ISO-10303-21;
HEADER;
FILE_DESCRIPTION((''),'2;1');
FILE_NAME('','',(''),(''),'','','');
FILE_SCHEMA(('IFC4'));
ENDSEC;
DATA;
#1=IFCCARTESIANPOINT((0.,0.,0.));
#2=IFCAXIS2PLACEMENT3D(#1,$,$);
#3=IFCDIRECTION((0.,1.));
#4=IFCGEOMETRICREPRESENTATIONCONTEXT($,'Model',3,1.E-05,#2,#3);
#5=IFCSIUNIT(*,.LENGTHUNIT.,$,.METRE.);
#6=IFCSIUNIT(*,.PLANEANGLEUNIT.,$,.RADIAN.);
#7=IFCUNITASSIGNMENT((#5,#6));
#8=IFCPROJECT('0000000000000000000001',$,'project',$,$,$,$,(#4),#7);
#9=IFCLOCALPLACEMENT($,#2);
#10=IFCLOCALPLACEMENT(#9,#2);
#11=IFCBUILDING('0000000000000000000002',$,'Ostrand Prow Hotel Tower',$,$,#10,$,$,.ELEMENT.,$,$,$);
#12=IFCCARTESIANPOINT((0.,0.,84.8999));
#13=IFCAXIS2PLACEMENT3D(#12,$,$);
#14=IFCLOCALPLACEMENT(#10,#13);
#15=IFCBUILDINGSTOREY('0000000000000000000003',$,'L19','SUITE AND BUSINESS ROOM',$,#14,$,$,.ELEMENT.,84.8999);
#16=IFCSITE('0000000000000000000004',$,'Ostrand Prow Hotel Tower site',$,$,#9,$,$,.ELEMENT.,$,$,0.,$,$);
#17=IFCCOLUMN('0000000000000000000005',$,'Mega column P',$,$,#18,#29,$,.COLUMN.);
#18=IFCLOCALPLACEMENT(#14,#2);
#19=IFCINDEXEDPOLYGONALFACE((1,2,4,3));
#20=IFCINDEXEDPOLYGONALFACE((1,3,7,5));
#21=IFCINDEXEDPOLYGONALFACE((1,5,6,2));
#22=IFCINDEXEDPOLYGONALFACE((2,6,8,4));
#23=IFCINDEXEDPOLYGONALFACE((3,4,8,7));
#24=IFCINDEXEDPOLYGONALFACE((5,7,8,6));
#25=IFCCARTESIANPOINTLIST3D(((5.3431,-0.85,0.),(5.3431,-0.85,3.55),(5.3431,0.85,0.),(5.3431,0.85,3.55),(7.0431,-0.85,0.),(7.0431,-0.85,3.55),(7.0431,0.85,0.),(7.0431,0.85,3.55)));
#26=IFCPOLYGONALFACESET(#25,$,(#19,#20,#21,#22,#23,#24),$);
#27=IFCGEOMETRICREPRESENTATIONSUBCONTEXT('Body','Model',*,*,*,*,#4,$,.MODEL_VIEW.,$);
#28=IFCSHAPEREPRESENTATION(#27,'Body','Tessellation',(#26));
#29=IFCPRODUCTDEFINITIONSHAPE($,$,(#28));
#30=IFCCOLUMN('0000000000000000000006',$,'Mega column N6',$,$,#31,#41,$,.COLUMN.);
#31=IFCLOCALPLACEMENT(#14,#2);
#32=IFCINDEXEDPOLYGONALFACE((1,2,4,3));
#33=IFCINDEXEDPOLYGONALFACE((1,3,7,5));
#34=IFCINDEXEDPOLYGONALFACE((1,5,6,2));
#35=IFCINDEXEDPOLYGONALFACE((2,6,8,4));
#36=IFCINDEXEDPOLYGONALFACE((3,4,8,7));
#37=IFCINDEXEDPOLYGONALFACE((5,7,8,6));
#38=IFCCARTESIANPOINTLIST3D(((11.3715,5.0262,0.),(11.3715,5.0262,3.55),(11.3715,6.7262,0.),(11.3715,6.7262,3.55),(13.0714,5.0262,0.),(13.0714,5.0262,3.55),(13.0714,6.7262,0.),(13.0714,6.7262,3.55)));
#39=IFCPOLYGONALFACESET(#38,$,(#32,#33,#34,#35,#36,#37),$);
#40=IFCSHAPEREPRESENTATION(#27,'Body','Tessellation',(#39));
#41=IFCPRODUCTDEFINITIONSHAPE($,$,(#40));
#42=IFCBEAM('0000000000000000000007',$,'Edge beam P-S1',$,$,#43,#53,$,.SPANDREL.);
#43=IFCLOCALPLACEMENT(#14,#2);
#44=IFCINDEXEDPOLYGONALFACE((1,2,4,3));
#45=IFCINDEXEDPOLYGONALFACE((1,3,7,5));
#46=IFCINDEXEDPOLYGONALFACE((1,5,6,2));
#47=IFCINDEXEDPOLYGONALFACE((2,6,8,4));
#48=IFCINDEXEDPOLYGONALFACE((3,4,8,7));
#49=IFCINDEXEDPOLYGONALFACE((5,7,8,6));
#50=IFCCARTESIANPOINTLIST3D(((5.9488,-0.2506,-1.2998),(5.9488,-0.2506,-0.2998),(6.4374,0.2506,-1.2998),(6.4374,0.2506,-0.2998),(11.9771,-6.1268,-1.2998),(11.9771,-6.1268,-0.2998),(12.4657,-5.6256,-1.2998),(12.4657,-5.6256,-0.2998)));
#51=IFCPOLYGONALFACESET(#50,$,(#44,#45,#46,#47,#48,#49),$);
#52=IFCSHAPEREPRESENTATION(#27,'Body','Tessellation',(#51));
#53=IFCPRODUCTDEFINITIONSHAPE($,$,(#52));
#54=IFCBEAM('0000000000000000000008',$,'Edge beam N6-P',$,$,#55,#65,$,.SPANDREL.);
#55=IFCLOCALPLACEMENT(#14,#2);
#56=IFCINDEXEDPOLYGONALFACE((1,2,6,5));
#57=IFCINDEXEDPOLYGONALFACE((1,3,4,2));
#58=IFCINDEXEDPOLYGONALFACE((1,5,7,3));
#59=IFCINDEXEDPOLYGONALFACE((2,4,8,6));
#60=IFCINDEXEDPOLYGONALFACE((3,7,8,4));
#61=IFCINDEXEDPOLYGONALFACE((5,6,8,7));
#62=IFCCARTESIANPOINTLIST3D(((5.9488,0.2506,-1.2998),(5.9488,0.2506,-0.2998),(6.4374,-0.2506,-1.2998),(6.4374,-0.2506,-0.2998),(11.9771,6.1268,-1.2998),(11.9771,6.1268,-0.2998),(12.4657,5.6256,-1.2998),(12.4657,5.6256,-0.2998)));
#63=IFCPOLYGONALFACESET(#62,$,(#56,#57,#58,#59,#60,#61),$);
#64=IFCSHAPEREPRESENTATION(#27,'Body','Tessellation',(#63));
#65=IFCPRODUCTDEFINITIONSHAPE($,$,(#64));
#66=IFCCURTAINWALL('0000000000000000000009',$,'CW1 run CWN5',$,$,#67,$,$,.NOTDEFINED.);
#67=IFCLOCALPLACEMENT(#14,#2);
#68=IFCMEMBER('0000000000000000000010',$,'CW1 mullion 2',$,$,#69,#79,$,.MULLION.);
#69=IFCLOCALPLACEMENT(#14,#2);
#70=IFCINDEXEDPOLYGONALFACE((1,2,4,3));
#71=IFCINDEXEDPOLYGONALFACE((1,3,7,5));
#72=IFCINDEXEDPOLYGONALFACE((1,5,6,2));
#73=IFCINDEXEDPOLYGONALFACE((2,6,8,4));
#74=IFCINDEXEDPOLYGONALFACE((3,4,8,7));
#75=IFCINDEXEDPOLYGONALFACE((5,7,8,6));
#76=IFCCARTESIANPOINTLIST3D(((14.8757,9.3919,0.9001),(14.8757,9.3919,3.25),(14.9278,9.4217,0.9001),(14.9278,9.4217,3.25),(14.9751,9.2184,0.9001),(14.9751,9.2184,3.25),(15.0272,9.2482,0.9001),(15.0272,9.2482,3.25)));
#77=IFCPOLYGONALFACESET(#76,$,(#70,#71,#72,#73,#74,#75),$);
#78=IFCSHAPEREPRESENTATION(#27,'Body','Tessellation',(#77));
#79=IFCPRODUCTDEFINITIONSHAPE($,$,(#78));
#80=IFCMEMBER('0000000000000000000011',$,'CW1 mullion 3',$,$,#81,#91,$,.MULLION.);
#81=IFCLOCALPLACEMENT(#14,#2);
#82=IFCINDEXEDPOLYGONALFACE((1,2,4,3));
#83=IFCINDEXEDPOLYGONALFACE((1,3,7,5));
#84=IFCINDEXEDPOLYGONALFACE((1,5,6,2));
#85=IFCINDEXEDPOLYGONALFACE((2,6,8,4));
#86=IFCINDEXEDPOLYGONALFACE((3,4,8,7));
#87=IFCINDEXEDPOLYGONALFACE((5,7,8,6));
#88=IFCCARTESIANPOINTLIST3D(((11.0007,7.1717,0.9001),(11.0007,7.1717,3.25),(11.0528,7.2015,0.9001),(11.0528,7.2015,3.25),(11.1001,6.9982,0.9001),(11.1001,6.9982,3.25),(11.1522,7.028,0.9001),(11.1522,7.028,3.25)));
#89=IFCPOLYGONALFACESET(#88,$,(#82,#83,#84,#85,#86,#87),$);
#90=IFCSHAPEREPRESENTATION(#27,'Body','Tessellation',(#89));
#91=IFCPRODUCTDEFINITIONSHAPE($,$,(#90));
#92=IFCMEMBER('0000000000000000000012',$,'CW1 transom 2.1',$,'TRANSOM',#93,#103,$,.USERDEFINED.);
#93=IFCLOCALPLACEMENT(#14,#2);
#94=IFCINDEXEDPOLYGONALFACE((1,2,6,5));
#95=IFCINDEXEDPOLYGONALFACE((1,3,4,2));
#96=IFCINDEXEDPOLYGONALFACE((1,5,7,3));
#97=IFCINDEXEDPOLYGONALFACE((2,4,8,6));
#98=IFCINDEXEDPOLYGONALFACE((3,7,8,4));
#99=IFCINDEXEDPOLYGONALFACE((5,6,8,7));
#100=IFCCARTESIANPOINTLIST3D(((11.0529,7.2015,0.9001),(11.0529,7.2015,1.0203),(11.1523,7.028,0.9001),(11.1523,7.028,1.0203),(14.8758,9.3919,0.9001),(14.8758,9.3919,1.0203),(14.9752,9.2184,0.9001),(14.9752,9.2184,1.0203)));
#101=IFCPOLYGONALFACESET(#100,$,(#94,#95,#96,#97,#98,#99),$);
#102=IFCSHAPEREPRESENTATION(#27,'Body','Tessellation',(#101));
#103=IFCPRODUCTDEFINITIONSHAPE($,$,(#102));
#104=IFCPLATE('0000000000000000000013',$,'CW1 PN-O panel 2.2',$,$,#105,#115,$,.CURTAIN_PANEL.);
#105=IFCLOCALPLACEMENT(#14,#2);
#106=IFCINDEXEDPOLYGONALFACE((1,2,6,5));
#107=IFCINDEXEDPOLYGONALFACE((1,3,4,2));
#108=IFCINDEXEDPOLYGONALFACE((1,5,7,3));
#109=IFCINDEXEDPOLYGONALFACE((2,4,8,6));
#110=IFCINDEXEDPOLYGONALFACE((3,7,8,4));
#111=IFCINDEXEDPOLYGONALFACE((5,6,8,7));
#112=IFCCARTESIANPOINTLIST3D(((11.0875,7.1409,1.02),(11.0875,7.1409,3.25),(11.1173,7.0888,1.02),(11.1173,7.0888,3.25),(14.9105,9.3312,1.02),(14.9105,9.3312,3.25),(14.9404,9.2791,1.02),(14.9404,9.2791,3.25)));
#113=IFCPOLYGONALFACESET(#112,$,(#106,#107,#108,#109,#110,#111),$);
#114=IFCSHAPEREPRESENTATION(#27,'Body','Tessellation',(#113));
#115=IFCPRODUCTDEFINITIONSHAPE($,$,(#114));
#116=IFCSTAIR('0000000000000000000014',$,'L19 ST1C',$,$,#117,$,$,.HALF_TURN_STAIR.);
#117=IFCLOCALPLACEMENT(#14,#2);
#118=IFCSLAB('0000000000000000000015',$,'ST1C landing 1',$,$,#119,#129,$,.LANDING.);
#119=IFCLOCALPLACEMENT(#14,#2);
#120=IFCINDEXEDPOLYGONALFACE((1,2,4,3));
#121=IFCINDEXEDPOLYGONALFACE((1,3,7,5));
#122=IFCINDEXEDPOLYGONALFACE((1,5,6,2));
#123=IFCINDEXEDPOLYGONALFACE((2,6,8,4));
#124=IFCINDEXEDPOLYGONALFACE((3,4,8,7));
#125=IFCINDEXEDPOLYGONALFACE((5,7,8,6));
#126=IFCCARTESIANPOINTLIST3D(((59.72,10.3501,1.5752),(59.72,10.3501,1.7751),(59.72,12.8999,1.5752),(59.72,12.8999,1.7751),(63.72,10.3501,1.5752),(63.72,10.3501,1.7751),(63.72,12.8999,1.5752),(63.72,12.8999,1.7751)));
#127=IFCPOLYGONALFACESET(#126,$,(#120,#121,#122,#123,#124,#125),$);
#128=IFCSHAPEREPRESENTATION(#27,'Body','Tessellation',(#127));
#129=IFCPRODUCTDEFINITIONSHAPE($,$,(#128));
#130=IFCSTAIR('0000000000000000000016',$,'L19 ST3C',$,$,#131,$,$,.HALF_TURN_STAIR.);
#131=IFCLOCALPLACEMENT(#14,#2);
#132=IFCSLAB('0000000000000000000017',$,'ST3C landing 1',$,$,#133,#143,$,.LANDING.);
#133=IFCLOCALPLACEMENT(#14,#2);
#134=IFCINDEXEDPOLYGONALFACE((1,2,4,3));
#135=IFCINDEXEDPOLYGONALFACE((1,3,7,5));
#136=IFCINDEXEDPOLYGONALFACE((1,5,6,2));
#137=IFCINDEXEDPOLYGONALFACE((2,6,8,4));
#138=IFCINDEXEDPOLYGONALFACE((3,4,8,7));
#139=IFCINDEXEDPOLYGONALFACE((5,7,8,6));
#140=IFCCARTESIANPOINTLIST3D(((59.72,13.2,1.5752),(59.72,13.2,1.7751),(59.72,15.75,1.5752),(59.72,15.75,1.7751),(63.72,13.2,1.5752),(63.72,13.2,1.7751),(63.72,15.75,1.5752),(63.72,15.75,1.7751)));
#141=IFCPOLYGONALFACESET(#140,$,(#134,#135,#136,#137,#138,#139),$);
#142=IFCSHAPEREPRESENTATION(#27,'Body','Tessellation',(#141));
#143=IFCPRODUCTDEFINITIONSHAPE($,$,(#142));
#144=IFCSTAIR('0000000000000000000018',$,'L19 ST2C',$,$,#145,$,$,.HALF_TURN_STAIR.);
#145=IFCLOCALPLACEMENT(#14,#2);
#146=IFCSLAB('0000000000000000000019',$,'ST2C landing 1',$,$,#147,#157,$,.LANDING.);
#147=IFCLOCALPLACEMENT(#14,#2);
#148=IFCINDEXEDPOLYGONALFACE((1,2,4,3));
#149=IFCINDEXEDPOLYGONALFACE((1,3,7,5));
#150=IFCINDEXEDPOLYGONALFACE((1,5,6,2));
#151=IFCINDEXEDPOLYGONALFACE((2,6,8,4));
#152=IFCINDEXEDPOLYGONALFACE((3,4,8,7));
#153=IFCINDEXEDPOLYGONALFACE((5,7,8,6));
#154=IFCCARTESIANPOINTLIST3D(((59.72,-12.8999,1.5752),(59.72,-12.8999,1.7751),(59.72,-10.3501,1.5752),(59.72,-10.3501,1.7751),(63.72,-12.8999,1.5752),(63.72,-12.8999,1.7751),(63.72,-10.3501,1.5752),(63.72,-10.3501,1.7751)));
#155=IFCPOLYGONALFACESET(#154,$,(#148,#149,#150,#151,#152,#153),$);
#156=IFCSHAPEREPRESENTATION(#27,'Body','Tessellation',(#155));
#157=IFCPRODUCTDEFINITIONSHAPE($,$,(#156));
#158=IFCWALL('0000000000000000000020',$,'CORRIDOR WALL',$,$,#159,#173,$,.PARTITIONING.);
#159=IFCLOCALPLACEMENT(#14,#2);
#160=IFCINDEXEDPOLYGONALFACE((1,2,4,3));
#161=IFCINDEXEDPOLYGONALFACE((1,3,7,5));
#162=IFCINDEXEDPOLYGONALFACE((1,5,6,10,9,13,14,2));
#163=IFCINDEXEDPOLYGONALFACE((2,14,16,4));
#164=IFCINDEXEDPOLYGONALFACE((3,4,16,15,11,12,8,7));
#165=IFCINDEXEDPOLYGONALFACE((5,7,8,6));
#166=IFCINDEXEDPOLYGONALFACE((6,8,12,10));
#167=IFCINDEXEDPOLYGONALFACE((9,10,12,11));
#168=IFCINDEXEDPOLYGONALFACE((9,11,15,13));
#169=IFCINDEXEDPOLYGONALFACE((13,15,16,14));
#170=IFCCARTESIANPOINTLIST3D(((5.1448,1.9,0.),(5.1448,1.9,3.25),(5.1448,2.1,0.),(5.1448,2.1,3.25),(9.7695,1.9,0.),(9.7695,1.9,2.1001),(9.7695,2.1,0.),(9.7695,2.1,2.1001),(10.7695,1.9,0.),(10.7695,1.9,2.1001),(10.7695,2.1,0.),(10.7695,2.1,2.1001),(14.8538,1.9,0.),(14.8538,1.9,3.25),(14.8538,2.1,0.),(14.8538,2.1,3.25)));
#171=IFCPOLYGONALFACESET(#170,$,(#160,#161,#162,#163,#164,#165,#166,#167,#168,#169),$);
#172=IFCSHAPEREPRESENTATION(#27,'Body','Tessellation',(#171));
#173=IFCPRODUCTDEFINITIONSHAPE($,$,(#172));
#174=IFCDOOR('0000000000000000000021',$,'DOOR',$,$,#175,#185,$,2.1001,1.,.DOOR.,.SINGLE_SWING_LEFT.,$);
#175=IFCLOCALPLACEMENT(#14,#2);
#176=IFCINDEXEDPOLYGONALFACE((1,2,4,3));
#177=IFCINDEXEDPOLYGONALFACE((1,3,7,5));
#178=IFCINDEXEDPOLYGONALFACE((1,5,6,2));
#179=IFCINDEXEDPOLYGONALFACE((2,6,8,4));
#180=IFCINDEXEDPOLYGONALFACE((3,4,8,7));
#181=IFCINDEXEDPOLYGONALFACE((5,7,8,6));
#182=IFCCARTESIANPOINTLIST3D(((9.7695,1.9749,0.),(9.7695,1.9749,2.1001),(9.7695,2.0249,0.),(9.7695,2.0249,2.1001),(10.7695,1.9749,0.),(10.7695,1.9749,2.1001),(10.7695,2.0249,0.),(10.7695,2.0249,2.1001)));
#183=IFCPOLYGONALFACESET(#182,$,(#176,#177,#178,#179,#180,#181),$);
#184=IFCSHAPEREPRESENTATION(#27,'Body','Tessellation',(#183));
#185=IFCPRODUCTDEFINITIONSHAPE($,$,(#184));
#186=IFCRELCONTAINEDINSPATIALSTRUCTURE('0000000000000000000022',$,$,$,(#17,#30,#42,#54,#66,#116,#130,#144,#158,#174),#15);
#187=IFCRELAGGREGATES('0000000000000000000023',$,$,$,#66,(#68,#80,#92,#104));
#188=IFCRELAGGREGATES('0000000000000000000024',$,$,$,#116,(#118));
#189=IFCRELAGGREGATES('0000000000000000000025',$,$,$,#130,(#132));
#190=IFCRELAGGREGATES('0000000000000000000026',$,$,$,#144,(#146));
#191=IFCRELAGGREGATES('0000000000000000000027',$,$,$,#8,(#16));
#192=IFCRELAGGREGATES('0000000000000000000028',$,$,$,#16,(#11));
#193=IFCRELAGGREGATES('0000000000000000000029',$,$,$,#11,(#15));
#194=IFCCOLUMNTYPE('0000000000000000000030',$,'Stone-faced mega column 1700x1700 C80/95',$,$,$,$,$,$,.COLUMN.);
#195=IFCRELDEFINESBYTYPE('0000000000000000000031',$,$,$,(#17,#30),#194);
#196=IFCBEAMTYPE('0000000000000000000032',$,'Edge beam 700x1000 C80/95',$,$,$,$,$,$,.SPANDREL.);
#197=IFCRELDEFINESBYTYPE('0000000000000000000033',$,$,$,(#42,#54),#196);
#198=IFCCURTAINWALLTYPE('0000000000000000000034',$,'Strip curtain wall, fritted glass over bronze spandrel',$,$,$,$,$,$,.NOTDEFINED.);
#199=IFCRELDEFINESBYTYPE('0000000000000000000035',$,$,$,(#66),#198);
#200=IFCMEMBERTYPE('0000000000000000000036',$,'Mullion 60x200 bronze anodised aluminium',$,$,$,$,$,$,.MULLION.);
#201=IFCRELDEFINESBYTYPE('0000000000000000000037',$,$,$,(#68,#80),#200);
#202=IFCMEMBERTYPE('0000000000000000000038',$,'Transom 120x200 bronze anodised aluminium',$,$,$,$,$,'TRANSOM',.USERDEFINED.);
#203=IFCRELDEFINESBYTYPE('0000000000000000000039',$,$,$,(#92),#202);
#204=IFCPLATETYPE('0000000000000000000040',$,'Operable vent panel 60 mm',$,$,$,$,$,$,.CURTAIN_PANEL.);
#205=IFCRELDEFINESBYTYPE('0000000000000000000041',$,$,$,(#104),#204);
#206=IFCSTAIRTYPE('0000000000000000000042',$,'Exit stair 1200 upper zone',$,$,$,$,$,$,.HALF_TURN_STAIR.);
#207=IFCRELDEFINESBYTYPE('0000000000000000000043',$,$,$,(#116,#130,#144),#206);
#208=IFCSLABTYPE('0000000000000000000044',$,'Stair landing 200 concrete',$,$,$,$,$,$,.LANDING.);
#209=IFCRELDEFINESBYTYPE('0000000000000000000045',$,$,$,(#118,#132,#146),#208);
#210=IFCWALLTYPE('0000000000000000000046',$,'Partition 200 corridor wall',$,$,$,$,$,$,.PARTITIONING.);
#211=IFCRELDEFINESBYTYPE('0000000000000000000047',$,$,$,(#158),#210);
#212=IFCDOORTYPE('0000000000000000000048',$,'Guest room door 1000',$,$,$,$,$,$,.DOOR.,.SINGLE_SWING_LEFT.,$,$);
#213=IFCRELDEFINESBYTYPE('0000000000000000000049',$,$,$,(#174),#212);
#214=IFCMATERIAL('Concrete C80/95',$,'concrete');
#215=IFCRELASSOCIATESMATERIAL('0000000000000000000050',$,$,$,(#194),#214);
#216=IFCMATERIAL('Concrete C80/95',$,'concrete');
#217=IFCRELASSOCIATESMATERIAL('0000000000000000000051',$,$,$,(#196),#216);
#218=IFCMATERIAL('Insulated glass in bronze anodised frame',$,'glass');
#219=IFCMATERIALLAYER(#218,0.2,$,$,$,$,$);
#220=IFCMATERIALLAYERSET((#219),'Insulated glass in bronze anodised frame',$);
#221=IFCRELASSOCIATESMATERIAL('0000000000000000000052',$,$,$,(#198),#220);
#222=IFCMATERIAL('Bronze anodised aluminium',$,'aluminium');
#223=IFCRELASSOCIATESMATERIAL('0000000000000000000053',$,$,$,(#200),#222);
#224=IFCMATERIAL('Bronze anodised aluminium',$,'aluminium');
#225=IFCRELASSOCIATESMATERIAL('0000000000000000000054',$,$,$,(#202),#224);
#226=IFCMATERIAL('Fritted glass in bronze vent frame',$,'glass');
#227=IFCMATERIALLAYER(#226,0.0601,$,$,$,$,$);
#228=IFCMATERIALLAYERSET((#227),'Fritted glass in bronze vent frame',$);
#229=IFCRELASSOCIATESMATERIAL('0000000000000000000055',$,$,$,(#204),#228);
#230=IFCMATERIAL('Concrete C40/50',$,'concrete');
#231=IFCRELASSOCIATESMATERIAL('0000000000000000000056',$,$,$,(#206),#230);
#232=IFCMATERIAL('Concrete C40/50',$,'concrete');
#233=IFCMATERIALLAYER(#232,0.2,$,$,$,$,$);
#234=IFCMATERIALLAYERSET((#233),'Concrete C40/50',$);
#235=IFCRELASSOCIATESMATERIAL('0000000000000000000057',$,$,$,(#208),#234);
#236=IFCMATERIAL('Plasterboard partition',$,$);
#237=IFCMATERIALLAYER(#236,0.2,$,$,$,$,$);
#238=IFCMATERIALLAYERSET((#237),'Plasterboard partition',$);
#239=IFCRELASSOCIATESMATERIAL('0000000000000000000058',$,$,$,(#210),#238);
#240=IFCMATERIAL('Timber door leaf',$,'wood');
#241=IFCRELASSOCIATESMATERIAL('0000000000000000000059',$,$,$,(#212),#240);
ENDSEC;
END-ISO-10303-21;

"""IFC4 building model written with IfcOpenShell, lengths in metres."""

from ifc_helpers import new_model, si_unit, direction, frame, frame_2d, origin, origin_2d, place, context, subcontext, project, spatial, polyline, rectangle, outline, extrude, material, layer, layer_set, material_profile, profile_set, type_object, element, fill, aggregate, save


model = new_model("IFC4")

# Units and contexts
model_context = context("Model", 3, precision=1e-05, world=origin(), true_north=direction((0.0, 1.0)))
body_context = subcontext(model_context, "Body", "Model", "MODEL_VIEW")
ifc_project = project(units=[si_unit("LENGTHUNIT", "METRE"), si_unit("PLANEANGLEUNIT", "RADIAN")], contexts=[model_context])

# Site, building, storey
site_placement = place(None, origin())
site = spatial("IfcSite", under=ifc_project, at=site_placement, Name="Ostrand Prow Hotel Tower site", CompositionType="ELEMENT", RefElevation=0.0)
building_placement = place(site_placement, origin())
building = spatial("IfcBuilding", under=site, at=building_placement, Name="Ostrand Prow Hotel Tower", CompositionType="ELEMENT")
storey_placement = place(building_placement, frame((0.0, 0.0, 84.8999)))
storey = spatial("IfcBuildingStorey", under=building, at=storey_placement, Name="L19", Description="SUITE AND BUSINESS ROOM", CompositionType="ELEMENT", Elevation=84.8999)

# Columns
ifc_material_1 = material(Name="Concrete C80/95", Category="concrete")
ifc_material_profile_1 = material_profile(ifc_material_1, rectangle(XDim=1.7, YDim=1.7, at=origin_2d()), Name="RC 1700x1700")
ifc_profile_set_1 = profile_set([ifc_material_profile_1], Name="Concrete C80/95")
column_type = type_object("IfcColumnType", Name="Stone-faced mega column 1700x1700 C80/95", PredefinedType="COLUMN", material=ifc_profile_set_1)
for number, where, z_axis, x_axis, name in (
    (1, (6.1931, 0.0, 0.0), (0.0, 0.0, 1.0), (1.0, 0.0, 0.0), "Mega column P"),
    (2, (12.2214, 5.8762, 0.0), (0.0, 0.0, 1.0), (1.0, 0.0, 0.0), "Mega column N6"),
):
    element("IfcColumn", number, at=place(storey_placement, frame(where, z_axis=z_axis, x_axis=x_axis)), inside=storey, type_object=column_type, Name=name, PredefinedType="COLUMN", context=body_context, shape_type="SweptSolid", body=[
        extrude(rectangle(XDim=1.7, YDim=1.7, at=origin_2d()), origin(), (0.0, 0.0, 1.0), 3.55),
    ])

# Beams
ifc_material_2 = material(Name="Concrete C80/95", Category="concrete")
ifc_material_profile_2 = material_profile(ifc_material_2, rectangle(XDim=0.7, YDim=1.0, at=origin_2d()), Name="RC 700x1000")
ifc_profile_set_2 = profile_set([ifc_material_profile_2], Name="Concrete C80/95")
beam_type = type_object("IfcBeamType", Name="Edge beam 700x1000 C80/95", PredefinedType="SPANDREL", material=ifc_profile_set_2)
for number, where, z_axis, x_axis, name in (
    (3, (6.1931, 0.0, -0.7998), (0.716083, -0.698015, 0.0), (0.698015, 0.716083, 0.0), "Edge beam P-S1"),
    (4, (12.2214, 5.8762, -0.7998), (-0.716083, -0.698015, 0.0), (0.698015, -0.716083, 0.0), "Edge beam N6-P"),
):
    element("IfcBeam", number, at=place(storey_placement, frame(where, z_axis=z_axis, x_axis=x_axis)), inside=storey, type_object=beam_type, Name=name, PredefinedType="SPANDREL", context=body_context, shape_type="SweptSolid", body=[
        extrude(rectangle(XDim=0.7, YDim=1.0, at=origin_2d()), origin(), (0.0, 0.0, 1.0), 8.4185),
    ])

# Curtain wall, members, plate
ifc_material_3 = material(Name="Insulated glass in bronze anodised frame", Category="glass")
ifc_layer_1 = layer(ifc_material_3, 0.2)
ifc_layer_set_1 = layer_set([ifc_layer_1], Name="Insulated glass in bronze anodised frame")
curtain_wall_type = type_object("IfcCurtainWallType", Name="Strip curtain wall, fritted glass over bronze spandrel", PredefinedType="NOTDEFINED", material=ifc_layer_set_1)
curtain_wall_placement = place(storey_placement, origin())
curtain_wall = element("IfcCurtainWall", 5, at=curtain_wall_placement, inside=storey, type_object=curtain_wall_type, Name="CW1 run CWN5", PredefinedType="NOTDEFINED")
ifc_material_4 = material(Name="Bronze anodised aluminium", Category="aluminium")
ifc_material_profile_3 = material_profile(ifc_material_4, rectangle(XDim=0.2, YDim=0.0601, at=origin_2d()), Name="Mullion 60x200 bronze anodised aluminium")
ifc_profile_set_3 = profile_set([ifc_material_profile_3], Name="Bronze anodised aluminium")
member_type_1 = type_object("IfcMemberType", Name="Mullion 60x200 bronze anodised aluminium", PredefinedType="MULLION", material=ifc_profile_set_3)
member_1_placement = place(storey_placement, frame((14.9514, 9.3201, 0.9001), z_axis=(0.0, 0.0, 1.0), x_axis=(0.497115, -0.867685, 0.0)))
member_1 = element("IfcMember", 6, at=member_1_placement, type_object=member_type_1, Name="CW1 mullion 2", PredefinedType="MULLION", context=body_context, shape_type="SweptSolid", body=[
    extrude(rectangle(XDim=0.2, YDim=0.0601, at=origin_2d()), origin(), (0.0, 0.0, 1.0), 2.3499),
])
member_2_placement = place(storey_placement, frame((11.0764, 7.0999, 0.9001), z_axis=(0.0, 0.0, 1.0), x_axis=(0.497115, -0.867685, 0.0)))
member_2 = element("IfcMember", 7, at=member_2_placement, type_object=member_type_1, Name="CW1 mullion 3", PredefinedType="MULLION", context=body_context, shape_type="SweptSolid", body=[
    extrude(rectangle(XDim=0.2, YDim=0.0601, at=origin_2d()), origin(), (0.0, 0.0, 1.0), 2.3499),
])
ifc_material_5 = material(Name="Bronze anodised aluminium", Category="aluminium")
ifc_material_profile_4 = material_profile(ifc_material_5, rectangle(XDim=0.2, YDim=0.1201, at=origin_2d()), Name="Transom 120x200 bronze anodised aluminium")
ifc_profile_set_4 = profile_set([ifc_material_profile_4], Name="Bronze anodised aluminium")
member_type_2 = type_object("IfcMemberType", Name="Transom 120x200 bronze anodised aluminium", ElementType="TRANSOM", PredefinedType="USERDEFINED", material=ifc_profile_set_4)
member_3_placement = place(storey_placement, frame((14.9255, 9.3052, 0.9602), z_axis=(-0.86767, -0.497141, 0.0), x_axis=(0.497141, -0.86767, 0.0)))
member_3 = element("IfcMember", 8, at=member_3_placement, type_object=member_type_2, Name="CW1 transom 2.1", ObjectType="TRANSOM", PredefinedType="USERDEFINED", context=body_context, shape_type="SweptSolid", body=[
    extrude(rectangle(XDim=0.2, YDim=0.1201, at=origin_2d()), origin(), (0.0, 0.0, 1.0), 4.406),
])
ifc_material_6 = material(Name="Fritted glass in bronze vent frame", Category="glass")
ifc_layer_2 = layer(ifc_material_6, 0.0601)
ifc_layer_set_2 = layer_set([ifc_layer_2], Name="Fritted glass in bronze vent frame")
plate_type = type_object("IfcPlateType", Name="Operable vent panel 60 mm", PredefinedType="CURTAIN_PANEL", material=ifc_layer_set_2)
plate_placement = place(storey_placement, frame((13.0139, 8.21, 1.02), z_axis=(0.0, 0.0, 1.0), x_axis=(-0.867685, -0.497115, 0.0)))
plate = element("IfcPlate", 9, at=plate_placement, type_object=plate_type, Name="CW1 PN-O panel 2.2", PredefinedType="CURTAIN_PANEL", context=body_context, shape_type="SweptSolid", body=[
    extrude(rectangle(XDim=4.406, YDim=0.0601, at=origin_2d()), origin(), (0.0, 0.0, 1.0), 2.23),
])
aggregate(curtain_wall, [member_1, member_2, member_3, plate])

# Stairs, slabs
ifc_material_7 = material(Name="Concrete C40/50", Category="concrete")
stair_type = type_object("IfcStairType", Name="Exit stair 1200 upper zone", PredefinedType="HALF_TURN_STAIR", material=ifc_material_7)
stair_1_placement = place(storey_placement, origin())
stair_1 = element("IfcStair", 10, at=stair_1_placement, inside=storey, type_object=stair_type, Name="L19 ST1C", PredefinedType="HALF_TURN_STAIR")
ifc_material_8 = material(Name="Concrete C40/50", Category="concrete")
ifc_layer_3 = layer(ifc_material_8, 0.2)
ifc_layer_set_3 = layer_set([ifc_layer_3], Name="Concrete C40/50")
slab_type = type_object("IfcSlabType", Name="Stair landing 200 concrete", PredefinedType="LANDING", material=ifc_layer_set_3)
slab_1_placement = place(storey_placement, frame((0.0, 0.0, 1.5752)))
slab_1 = element("IfcSlab", 11, at=slab_1_placement, type_object=slab_type, Name="ST1C landing 1", PredefinedType="LANDING", context=body_context, shape_type="SweptSolid", body=[
    extrude(outline(polyline([(59.72, 10.3501), (63.72, 10.3501), (63.72, 12.8999), (59.72, 12.8999), (59.72, 10.3501)])), origin(), (0.0, 0.0, 1.0), 0.2),
])
aggregate(stair_1, [slab_1])
stair_2_placement = place(storey_placement, origin())
stair_2 = element("IfcStair", 12, at=stair_2_placement, inside=storey, type_object=stair_type, Name="L19 ST3C", PredefinedType="HALF_TURN_STAIR")
slab_2_placement = place(storey_placement, frame((0.0, 0.0, 1.5752)))
slab_2 = element("IfcSlab", 13, at=slab_2_placement, type_object=slab_type, Name="ST3C landing 1", PredefinedType="LANDING", context=body_context, shape_type="SweptSolid", body=[
    extrude(outline(polyline([(59.72, 13.2), (63.72, 13.2), (63.72, 15.75), (59.72, 15.75), (59.72, 13.2)])), origin(), (0.0, 0.0, 1.0), 0.2),
])
aggregate(stair_2, [slab_2])
stair_3_placement = place(storey_placement, origin())
stair_3 = element("IfcStair", 14, at=stair_3_placement, inside=storey, type_object=stair_type, Name="L19 ST2C", PredefinedType="HALF_TURN_STAIR")
slab_3_placement = place(storey_placement, frame((0.0, 0.0, 1.5752)))
slab_3 = element("IfcSlab", 15, at=slab_3_placement, type_object=slab_type, Name="ST2C landing 1", PredefinedType="LANDING", context=body_context, shape_type="SweptSolid", body=[
    extrude(outline(polyline([(59.72, -12.8999), (63.72, -12.8999), (63.72, -10.3501), (59.72, -10.3501), (59.72, -12.8999)])), origin(), (0.0, 0.0, 1.0), 0.2),
])
aggregate(stair_3, [slab_3])

# Wall, opening, door
ifc_material_9 = material(Name="Plasterboard partition")
ifc_layer_4 = layer(ifc_material_9, 0.2)
ifc_layer_set_4 = layer_set([ifc_layer_4], Name="Plasterboard partition")
wall_type_1 = type_object("IfcWallType", Name="Partition 200 corridor wall", PredefinedType="PARTITIONING", material=ifc_layer_set_4)
wall_1_placement = place(storey_placement, frame((5.1448, 2.0, 0.0), z_axis=(0.0, 0.0, 1.0), x_axis=(1.0, 0.0, 0.0)))
wall_1 = element("IfcWall", 16, at=wall_1_placement, inside=storey, type_object=wall_type_1, Name="CORRIDOR WALL", PredefinedType="PARTITIONING", context=body_context, shape_type="SweptSolid", body=[
    extrude(rectangle(XDim=9.709, YDim=0.2, at=frame_2d((4.8545, 0.0))), origin(), (0.0, 0.0, 1.0), 3.25),
])
opening_1_placement = place(wall_1_placement, frame((4.6248, 0.0, 0.0)))
opening_1 = element("IfcOpeningElement", 17, at=opening_1_placement, cuts=wall_1, PredefinedType="OPENING", context=body_context, shape_type="SweptSolid", body=[
    extrude(rectangle(XDim=1.0, YDim=2.1001, at=frame_2d((0.5, 1.05))), frame((0.0, 0.1099, 0.0), z_axis=(0.0, -1.0, 0.0), x_axis=(1.0, 0.0, 0.0)), (0.0, 0.0, 1.0), 0.22),
])
ifc_material_10 = material(Name="Timber door leaf", Category="wood")
door_type = type_object("IfcDoorType", Name="Guest room door 1000", OperationType="SINGLE_SWING_LEFT", PredefinedType="DOOR", material=ifc_material_10)
door_placement = place(opening_1_placement, origin())
door = element("IfcDoor", 18, at=door_placement, inside=storey, type_object=door_type, Name="DOOR", OperationType="SINGLE_SWING_LEFT", OverallHeight=2.1001, OverallWidth=1.0, PredefinedType="DOOR", context=body_context, shape_type="SweptSolid", body=[
    extrude(rectangle(XDim=1.0, YDim=2.1001, at=frame_2d((0.5, 1.05))), frame((0.0, 0.0249, 0.0), z_axis=(0.0, -1.0, 0.0), x_axis=(1.0, 0.0, 0.0)), (0.0, 0.0, 1.0), 0.05),
])
fill(opening_1, door)

save(model, "model.ifc")
